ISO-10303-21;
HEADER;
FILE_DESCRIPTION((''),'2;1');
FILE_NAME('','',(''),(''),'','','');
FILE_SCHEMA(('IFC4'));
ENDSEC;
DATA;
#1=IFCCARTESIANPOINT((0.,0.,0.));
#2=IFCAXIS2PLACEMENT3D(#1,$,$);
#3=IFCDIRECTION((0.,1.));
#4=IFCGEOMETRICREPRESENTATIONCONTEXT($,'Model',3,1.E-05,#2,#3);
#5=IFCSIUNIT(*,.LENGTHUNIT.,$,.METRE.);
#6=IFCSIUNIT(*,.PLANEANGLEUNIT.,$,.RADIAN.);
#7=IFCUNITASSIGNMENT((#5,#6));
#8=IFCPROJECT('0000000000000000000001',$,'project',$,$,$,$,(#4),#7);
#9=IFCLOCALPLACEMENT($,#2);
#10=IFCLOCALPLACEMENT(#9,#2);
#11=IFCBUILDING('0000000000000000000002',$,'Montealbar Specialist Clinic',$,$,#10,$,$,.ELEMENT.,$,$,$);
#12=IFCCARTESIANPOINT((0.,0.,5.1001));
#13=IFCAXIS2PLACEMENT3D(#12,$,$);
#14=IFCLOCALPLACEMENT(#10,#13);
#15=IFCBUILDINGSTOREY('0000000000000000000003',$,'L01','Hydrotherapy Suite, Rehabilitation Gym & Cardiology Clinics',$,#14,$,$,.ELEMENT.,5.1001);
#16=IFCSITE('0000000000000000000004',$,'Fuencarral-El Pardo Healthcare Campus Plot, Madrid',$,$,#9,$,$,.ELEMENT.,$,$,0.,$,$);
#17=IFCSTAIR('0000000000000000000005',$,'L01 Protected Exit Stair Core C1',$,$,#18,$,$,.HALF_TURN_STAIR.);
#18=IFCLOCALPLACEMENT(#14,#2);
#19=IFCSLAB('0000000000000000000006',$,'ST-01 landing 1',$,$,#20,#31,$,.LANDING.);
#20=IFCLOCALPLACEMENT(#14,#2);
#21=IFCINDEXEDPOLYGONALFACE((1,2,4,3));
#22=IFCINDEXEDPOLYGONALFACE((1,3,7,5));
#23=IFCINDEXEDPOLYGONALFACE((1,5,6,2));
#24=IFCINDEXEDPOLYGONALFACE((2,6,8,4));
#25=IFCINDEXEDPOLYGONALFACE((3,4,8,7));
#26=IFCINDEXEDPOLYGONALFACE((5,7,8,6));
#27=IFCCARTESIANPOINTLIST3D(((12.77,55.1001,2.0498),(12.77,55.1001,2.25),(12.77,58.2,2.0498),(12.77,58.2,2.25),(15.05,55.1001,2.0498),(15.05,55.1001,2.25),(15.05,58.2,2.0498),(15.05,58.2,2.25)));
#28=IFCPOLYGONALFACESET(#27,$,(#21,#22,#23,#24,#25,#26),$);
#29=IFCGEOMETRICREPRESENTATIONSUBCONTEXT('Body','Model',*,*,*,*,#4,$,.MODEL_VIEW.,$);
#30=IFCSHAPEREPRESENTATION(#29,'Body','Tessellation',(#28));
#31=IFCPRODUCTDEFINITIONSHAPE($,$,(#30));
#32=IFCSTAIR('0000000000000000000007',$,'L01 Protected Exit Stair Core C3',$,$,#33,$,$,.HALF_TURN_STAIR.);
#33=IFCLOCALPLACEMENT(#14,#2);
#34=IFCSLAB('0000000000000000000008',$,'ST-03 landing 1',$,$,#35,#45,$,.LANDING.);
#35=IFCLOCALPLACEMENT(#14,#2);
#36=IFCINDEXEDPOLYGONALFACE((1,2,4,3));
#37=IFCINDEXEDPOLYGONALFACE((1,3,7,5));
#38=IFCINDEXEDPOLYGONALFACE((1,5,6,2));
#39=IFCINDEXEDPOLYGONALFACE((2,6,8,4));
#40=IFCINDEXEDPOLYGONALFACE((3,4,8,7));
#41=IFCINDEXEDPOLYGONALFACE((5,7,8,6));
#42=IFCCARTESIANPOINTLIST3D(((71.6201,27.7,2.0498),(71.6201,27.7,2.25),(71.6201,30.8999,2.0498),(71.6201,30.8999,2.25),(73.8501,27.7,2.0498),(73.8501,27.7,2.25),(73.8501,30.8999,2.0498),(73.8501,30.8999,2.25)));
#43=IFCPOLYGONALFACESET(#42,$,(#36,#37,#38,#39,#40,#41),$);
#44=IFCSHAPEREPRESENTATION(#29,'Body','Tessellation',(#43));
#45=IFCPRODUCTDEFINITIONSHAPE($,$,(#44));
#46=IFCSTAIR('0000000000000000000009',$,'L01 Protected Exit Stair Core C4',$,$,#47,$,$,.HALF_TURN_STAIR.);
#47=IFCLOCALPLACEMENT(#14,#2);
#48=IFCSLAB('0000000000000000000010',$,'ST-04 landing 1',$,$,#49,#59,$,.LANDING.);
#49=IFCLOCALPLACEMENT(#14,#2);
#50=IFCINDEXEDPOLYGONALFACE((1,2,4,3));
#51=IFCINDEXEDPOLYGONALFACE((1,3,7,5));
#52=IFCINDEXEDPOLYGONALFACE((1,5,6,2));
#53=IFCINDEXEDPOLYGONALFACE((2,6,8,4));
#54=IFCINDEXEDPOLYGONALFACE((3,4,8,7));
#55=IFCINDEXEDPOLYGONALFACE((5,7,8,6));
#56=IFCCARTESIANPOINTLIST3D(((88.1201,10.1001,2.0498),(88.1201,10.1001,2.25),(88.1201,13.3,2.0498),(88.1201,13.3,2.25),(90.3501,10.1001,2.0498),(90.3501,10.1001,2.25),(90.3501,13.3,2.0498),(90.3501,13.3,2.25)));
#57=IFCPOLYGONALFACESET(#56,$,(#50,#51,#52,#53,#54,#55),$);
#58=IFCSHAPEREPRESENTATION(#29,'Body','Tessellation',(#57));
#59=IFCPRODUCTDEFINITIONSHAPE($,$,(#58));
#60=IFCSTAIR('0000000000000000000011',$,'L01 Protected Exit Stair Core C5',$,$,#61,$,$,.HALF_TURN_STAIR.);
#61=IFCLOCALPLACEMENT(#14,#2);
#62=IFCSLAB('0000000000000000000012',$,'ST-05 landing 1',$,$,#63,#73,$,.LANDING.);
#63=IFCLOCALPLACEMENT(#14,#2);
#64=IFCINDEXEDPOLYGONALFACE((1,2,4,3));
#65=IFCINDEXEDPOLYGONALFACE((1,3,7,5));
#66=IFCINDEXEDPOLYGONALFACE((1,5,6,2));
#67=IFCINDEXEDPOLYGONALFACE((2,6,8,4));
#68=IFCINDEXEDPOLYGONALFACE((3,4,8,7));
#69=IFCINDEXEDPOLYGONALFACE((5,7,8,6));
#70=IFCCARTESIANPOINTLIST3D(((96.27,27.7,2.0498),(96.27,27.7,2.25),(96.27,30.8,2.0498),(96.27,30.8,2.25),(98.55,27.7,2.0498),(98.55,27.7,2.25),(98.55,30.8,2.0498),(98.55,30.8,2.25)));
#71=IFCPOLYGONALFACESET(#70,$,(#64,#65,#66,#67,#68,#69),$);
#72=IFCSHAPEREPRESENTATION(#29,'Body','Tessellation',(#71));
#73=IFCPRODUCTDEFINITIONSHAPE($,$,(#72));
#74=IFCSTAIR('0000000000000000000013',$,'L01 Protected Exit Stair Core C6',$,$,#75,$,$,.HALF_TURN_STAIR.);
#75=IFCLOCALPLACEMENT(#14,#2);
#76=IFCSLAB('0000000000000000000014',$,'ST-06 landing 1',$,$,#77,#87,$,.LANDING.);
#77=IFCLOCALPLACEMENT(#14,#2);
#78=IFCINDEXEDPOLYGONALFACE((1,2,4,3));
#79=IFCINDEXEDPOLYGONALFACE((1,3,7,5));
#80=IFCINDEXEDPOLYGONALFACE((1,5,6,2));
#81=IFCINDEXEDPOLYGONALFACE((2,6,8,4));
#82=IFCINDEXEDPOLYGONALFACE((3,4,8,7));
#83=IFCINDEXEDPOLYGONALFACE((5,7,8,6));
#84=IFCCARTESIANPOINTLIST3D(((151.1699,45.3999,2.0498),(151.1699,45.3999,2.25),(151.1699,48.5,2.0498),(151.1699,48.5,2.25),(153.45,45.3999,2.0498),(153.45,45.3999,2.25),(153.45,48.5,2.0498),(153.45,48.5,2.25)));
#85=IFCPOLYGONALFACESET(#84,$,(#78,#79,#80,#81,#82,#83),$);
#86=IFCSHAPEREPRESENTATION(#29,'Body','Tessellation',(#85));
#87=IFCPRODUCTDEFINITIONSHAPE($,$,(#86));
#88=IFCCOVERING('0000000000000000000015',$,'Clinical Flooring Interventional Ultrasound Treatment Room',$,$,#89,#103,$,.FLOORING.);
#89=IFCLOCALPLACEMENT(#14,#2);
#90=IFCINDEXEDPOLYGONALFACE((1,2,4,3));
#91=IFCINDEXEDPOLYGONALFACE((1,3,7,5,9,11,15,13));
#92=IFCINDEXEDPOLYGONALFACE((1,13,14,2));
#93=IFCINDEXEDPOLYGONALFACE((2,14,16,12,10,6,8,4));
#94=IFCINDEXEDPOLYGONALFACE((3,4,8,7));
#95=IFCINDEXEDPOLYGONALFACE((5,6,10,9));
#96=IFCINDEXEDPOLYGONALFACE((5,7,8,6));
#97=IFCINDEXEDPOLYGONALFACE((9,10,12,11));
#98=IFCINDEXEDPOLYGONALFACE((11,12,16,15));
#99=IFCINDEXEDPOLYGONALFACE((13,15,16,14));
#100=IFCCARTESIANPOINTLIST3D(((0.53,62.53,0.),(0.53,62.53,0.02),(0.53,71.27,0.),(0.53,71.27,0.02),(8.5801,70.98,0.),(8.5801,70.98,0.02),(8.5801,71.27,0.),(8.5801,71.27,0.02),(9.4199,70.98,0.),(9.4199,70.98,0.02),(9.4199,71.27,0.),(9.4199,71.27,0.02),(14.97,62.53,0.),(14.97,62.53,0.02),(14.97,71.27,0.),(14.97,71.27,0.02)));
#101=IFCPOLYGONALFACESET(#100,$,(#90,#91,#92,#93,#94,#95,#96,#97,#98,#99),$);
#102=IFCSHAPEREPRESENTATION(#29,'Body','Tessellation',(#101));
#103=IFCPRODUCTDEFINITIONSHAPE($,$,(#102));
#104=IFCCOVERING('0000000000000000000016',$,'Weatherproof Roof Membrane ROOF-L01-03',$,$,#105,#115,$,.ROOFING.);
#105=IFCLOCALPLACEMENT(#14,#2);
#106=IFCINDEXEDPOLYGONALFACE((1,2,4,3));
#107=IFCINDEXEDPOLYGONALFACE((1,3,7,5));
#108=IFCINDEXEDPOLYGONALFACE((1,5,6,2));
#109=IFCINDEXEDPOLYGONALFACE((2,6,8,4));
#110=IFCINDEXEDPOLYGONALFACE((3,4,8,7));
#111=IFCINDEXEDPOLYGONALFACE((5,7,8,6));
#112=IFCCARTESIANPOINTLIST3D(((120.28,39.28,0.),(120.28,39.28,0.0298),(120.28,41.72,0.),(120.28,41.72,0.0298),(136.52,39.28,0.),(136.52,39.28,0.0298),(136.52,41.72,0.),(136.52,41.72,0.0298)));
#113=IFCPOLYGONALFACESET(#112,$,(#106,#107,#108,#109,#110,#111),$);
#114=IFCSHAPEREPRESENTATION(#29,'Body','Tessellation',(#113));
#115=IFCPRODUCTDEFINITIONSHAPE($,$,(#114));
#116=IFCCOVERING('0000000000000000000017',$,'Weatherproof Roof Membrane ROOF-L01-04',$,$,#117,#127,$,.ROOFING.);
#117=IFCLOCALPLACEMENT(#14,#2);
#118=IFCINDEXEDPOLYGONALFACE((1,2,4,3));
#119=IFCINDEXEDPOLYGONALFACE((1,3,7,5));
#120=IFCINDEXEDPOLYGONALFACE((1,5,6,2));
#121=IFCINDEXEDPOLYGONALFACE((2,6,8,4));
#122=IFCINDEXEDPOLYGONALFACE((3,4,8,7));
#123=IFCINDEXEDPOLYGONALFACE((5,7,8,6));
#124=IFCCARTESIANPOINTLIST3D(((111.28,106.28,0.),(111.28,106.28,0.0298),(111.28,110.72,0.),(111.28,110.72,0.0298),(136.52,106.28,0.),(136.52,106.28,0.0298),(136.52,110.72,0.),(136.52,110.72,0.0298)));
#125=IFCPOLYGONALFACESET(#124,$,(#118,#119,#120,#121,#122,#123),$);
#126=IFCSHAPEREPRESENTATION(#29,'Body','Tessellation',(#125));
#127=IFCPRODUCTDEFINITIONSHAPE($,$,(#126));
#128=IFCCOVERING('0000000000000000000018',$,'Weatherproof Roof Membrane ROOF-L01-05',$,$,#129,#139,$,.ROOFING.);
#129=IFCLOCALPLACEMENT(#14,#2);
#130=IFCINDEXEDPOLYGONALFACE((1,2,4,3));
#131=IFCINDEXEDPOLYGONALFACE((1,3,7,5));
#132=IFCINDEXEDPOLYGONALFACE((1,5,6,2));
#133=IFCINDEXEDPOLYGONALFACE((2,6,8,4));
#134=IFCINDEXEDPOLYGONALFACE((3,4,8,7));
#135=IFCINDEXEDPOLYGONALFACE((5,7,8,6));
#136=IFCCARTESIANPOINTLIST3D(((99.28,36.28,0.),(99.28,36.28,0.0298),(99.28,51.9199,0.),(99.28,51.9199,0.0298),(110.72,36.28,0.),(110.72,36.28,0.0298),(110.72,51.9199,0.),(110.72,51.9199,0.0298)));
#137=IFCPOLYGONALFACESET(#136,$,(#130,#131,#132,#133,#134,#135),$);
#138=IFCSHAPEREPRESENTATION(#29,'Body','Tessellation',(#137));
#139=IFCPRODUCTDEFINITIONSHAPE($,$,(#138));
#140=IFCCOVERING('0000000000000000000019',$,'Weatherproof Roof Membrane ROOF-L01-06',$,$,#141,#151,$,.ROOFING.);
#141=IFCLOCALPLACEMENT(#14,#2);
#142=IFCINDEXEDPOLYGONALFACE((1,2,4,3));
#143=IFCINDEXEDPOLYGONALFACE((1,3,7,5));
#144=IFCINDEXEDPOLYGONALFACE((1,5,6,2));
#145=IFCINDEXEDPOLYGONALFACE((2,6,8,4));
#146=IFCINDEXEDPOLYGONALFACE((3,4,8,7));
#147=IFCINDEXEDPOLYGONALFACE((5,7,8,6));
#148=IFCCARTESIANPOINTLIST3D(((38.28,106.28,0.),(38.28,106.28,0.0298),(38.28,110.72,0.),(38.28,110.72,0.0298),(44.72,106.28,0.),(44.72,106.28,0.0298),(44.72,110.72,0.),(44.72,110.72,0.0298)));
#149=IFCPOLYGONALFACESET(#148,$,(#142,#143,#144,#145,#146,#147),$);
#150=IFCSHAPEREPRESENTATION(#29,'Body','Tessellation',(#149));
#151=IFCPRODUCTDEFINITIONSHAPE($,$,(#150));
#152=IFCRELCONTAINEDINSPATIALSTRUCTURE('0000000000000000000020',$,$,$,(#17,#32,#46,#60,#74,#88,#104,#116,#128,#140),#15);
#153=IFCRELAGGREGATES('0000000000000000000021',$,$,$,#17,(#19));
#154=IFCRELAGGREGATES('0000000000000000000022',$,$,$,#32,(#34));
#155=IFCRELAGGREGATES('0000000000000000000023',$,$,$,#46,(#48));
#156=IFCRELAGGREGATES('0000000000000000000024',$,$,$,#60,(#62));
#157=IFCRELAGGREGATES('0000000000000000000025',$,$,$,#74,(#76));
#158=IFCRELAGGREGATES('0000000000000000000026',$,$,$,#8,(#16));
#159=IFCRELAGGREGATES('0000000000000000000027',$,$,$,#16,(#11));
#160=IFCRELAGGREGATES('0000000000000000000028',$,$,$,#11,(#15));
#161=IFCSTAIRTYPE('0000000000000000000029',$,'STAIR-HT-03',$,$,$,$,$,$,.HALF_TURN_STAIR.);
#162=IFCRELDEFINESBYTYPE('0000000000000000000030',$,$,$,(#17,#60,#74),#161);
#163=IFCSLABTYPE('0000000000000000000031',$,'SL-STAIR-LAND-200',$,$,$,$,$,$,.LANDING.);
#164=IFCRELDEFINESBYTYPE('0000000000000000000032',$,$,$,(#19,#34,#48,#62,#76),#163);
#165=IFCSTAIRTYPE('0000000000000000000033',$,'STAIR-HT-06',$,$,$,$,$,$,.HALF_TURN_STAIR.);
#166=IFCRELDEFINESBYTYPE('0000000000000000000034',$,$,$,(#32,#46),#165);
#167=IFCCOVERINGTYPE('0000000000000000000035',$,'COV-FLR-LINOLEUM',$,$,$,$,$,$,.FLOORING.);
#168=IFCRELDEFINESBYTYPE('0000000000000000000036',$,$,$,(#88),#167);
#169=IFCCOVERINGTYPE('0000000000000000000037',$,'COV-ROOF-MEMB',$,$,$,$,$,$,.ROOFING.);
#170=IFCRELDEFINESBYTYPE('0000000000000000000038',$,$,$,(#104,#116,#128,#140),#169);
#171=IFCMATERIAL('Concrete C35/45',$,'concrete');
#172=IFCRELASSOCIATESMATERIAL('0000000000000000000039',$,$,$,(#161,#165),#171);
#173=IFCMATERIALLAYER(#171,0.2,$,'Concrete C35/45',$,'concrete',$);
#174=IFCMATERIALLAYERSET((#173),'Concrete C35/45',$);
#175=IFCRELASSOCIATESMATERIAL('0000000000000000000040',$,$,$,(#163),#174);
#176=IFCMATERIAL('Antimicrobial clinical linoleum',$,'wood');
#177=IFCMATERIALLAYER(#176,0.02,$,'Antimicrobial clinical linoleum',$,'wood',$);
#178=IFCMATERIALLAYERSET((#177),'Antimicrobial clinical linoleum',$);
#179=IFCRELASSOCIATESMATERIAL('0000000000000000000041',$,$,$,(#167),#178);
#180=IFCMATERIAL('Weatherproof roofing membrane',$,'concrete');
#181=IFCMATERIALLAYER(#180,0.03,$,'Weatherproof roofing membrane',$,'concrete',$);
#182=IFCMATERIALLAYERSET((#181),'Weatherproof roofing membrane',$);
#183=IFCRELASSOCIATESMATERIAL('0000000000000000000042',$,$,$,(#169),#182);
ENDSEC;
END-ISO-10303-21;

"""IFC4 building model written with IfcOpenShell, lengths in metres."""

from ifc_helpers import new_model, si_unit, direction, frame, origin, place, context, subcontext, project, spatial, polyline, outline, extrude, material, layer, layer_set, type_object, element, aggregate, save


model = new_model("IFC4")

# Units and contexts
model_context = context("Model", 3, precision=1e-05, world=origin(), true_north=direction((0.0, 1.0)))
body_context = subcontext(model_context, "Body", "Model", "MODEL_VIEW")
ifc_project = project(units=[si_unit("LENGTHUNIT", "METRE"), si_unit("PLANEANGLEUNIT", "RADIAN")], contexts=[model_context])

# Site, building, storey
site_placement = place(None, origin())
site = spatial("IfcSite", under=ifc_project, at=site_placement, Name="Fuencarral-El Pardo Healthcare Campus Plot, Madrid", CompositionType="ELEMENT", RefElevation=0.0)
building_placement = place(site_placement, origin())
building = spatial("IfcBuilding", under=site, at=building_placement, Name="Montealbar Specialist Clinic", CompositionType="ELEMENT")
storey_placement = place(building_placement, frame((0.0, 0.0, 5.1001)))
storey = spatial("IfcBuildingStorey", under=building, at=storey_placement, Name="L01", Description="Hydrotherapy Suite, Rehabilitation Gym & Cardiology Clinics", CompositionType="ELEMENT", Elevation=5.1001)

# Stairs, slabs
ifc_material_1 = material(Name="Concrete C35/45", Category="concrete")
stair_type_1 = type_object("IfcStairType", Name="STAIR-HT-03", PredefinedType="HALF_TURN_STAIR", material=ifc_material_1)
stair_1_placement = place(storey_placement, origin())
stair_1 = element("IfcStair", 1, at=stair_1_placement, inside=storey, type_object=stair_type_1, Name="L01 Protected Exit Stair Core C1", PredefinedType="HALF_TURN_STAIR")
ifc_layer_1 = layer(ifc_material_1, 0.2, Name="Concrete C35/45", Category="concrete")
ifc_layer_set_1 = layer_set([ifc_layer_1], Name="Concrete C35/45")
slab_type = type_object("IfcSlabType", Name="SL-STAIR-LAND-200", PredefinedType="LANDING", material=ifc_layer_set_1)
slab_1_placement = place(storey_placement, frame((0.0, 0.0, 2.0498)))
slab_1 = element("IfcSlab", 2, at=slab_1_placement, type_object=slab_type, Name="ST-01 landing 1", PredefinedType="LANDING", context=body_context, shape_type="SweptSolid", body=[
    extrude(outline(polyline([(12.77, 55.1001), (15.05, 55.1001), (15.05, 58.2), (12.77, 58.2), (12.77, 55.1001)])), origin(), (0.0, 0.0, 1.0), 0.2002),
])
aggregate(stair_1, [slab_1])
stair_type_2 = type_object("IfcStairType", Name="STAIR-HT-06", PredefinedType="HALF_TURN_STAIR", material=ifc_material_1)
stair_2_placement = place(storey_placement, origin())
stair_2 = element("IfcStair", 3, at=stair_2_placement, inside=storey, type_object=stair_type_2, Name="L01 Protected Exit Stair Core C3", PredefinedType="HALF_TURN_STAIR")
slab_2_placement = place(storey_placement, frame((0.0, 0.0, 2.0498)))
slab_2 = element("IfcSlab", 4, at=slab_2_placement, type_object=slab_type, Name="ST-03 landing 1", PredefinedType="LANDING", context=body_context, shape_type="SweptSolid", body=[
    extrude(outline(polyline([(71.6201, 27.7), (73.8501, 27.7), (73.8501, 30.8999), (71.6201, 30.8999), (71.6201, 27.7)])), origin(), (0.0, 0.0, 1.0), 0.2002),
])
aggregate(stair_2, [slab_2])
stair_3_placement = place(storey_placement, origin())
stair_3 = element("IfcStair", 5, at=stair_3_placement, inside=storey, type_object=stair_type_2, Name="L01 Protected Exit Stair Core C4", PredefinedType="HALF_TURN_STAIR")
slab_3_placement = place(storey_placement, frame((0.0, 0.0, 2.0498)))
slab_3 = element("IfcSlab", 6, at=slab_3_placement, type_object=slab_type, Name="ST-04 landing 1", PredefinedType="LANDING", context=body_context, shape_type="SweptSolid", body=[
    extrude(outline(polyline([(88.1201, 10.1001), (90.3501, 10.1001), (90.3501, 13.3), (88.1201, 13.3), (88.1201, 10.1001)])), origin(), (0.0, 0.0, 1.0), 0.2002),
])
aggregate(stair_3, [slab_3])
stair_4_placement = place(storey_placement, origin())
stair_4 = element("IfcStair", 7, at=stair_4_placement, inside=storey, type_object=stair_type_1, Name="L01 Protected Exit Stair Core C5", PredefinedType="HALF_TURN_STAIR")
slab_4_placement = place(storey_placement, frame((0.0, 0.0, 2.0498)))
slab_4 = element("IfcSlab", 8, at=slab_4_placement, type_object=slab_type, Name="ST-05 landing 1", PredefinedType="LANDING", context=body_context, shape_type="SweptSolid", body=[
    extrude(outline(polyline([(96.27, 27.7), (98.55, 27.7), (98.55, 30.8), (96.27, 30.8), (96.27, 27.7)])), origin(), (0.0, 0.0, 1.0), 0.2002),
])
aggregate(stair_4, [slab_4])
stair_5_placement = place(storey_placement, origin())
stair_5 = element("IfcStair", 9, at=stair_5_placement, inside=storey, type_object=stair_type_1, Name="L01 Protected Exit Stair Core C6", PredefinedType="HALF_TURN_STAIR")
slab_5_placement = place(storey_placement, frame((0.0, 0.0, 2.0498)))
slab_5 = element("IfcSlab", 10, at=slab_5_placement, type_object=slab_type, Name="ST-06 landing 1", PredefinedType="LANDING", context=body_context, shape_type="SweptSolid", body=[
    extrude(outline(polyline([(151.1699, 45.3999), (153.45, 45.3999), (153.45, 48.5), (151.1699, 48.5), (151.1699, 45.3999)])), origin(), (0.0, 0.0, 1.0), 0.2002),
])
aggregate(stair_5, [slab_5])

# Coverings
ifc_material_2 = material(Name="Antimicrobial clinical linoleum", Category="wood")
ifc_layer_2 = layer(ifc_material_2, 0.02, Name="Antimicrobial clinical linoleum", Category="wood")
ifc_layer_set_2 = layer_set([ifc_layer_2], Name="Antimicrobial clinical linoleum")
covering_type_1 = type_object("IfcCoveringType", Name="COV-FLR-LINOLEUM", PredefinedType="FLOORING", material=ifc_layer_set_2)
covering_1_placement = place(storey_placement, origin())
element("IfcCovering", 11, at=covering_1_placement, inside=storey, type_object=covering_type_1, Name="Clinical Flooring Interventional Ultrasound Treatment Room", PredefinedType="FLOORING", context=body_context, shape_type="SweptSolid", body=[
    extrude(outline(polyline([(0.53, 71.27), (8.5801, 71.27), (8.5801, 70.98), (9.4199, 70.98), (9.4199, 71.27), (14.97, 71.27), (14.97, 62.53), (0.53, 62.53), (0.53, 71.27)])), origin(), (0.0, 0.0, 1.0), 0.02),
])
ifc_material_3 = material(Name="Weatherproof roofing membrane", Category="concrete")
ifc_layer_3 = layer(ifc_material_3, 0.03, Name="Weatherproof roofing membrane", Category="concrete")
ifc_layer_set_3 = layer_set([ifc_layer_3], Name="Weatherproof roofing membrane")
covering_type_2 = type_object("IfcCoveringType", Name="COV-ROOF-MEMB", PredefinedType="ROOFING", material=ifc_layer_set_3)
covering_2_placement = place(storey_placement, origin())
element("IfcCovering", 12, at=covering_2_placement, inside=storey, type_object=covering_type_2, Name="Weatherproof Roof Membrane ROOF-L01-03", PredefinedType="ROOFING", context=body_context, shape_type="SweptSolid", body=[
    extrude(outline(polyline([(120.28, 41.72), (136.52, 41.72), (136.52, 39.28), (120.28, 39.28), (120.28, 41.72)])), origin(), (0.0, 0.0, 1.0), 0.0298),
])
covering_3_placement = place(storey_placement, origin())
element("IfcCovering", 13, at=covering_3_placement, inside=storey, type_object=covering_type_2, Name="Weatherproof Roof Membrane ROOF-L01-04", PredefinedType="ROOFING", context=body_context, shape_type="SweptSolid", body=[
    extrude(outline(polyline([(136.52, 110.72), (136.52, 106.28), (111.28, 106.28), (111.28, 110.72), (136.52, 110.72)])), origin(), (0.0, 0.0, 1.0), 0.0298),
])
covering_4_placement = place(storey_placement, origin())
element("IfcCovering", 14, at=covering_4_placement, inside=storey, type_object=covering_type_2, Name="Weatherproof Roof Membrane ROOF-L01-05", PredefinedType="ROOFING", context=body_context, shape_type="SweptSolid", body=[
    extrude(outline(polyline([(110.72, 36.28), (99.28, 36.28), (99.28, 51.9199), (110.72, 51.9199), (110.72, 36.28)])), origin(), (0.0, 0.0, 1.0), 0.0298),
])
covering_5_placement = place(storey_placement, origin())
element("IfcCovering", 15, at=covering_5_placement, inside=storey, type_object=covering_type_2, Name="Weatherproof Roof Membrane ROOF-L01-06", PredefinedType="ROOFING", context=body_context, shape_type="SweptSolid", body=[
    extrude(outline(polyline([(44.72, 106.28), (38.28, 106.28), (38.28, 110.72), (44.72, 110.72), (44.72, 106.28)])), origin(), (0.0, 0.0, 1.0), 0.0298),
])

save(model, "model.ifc")
